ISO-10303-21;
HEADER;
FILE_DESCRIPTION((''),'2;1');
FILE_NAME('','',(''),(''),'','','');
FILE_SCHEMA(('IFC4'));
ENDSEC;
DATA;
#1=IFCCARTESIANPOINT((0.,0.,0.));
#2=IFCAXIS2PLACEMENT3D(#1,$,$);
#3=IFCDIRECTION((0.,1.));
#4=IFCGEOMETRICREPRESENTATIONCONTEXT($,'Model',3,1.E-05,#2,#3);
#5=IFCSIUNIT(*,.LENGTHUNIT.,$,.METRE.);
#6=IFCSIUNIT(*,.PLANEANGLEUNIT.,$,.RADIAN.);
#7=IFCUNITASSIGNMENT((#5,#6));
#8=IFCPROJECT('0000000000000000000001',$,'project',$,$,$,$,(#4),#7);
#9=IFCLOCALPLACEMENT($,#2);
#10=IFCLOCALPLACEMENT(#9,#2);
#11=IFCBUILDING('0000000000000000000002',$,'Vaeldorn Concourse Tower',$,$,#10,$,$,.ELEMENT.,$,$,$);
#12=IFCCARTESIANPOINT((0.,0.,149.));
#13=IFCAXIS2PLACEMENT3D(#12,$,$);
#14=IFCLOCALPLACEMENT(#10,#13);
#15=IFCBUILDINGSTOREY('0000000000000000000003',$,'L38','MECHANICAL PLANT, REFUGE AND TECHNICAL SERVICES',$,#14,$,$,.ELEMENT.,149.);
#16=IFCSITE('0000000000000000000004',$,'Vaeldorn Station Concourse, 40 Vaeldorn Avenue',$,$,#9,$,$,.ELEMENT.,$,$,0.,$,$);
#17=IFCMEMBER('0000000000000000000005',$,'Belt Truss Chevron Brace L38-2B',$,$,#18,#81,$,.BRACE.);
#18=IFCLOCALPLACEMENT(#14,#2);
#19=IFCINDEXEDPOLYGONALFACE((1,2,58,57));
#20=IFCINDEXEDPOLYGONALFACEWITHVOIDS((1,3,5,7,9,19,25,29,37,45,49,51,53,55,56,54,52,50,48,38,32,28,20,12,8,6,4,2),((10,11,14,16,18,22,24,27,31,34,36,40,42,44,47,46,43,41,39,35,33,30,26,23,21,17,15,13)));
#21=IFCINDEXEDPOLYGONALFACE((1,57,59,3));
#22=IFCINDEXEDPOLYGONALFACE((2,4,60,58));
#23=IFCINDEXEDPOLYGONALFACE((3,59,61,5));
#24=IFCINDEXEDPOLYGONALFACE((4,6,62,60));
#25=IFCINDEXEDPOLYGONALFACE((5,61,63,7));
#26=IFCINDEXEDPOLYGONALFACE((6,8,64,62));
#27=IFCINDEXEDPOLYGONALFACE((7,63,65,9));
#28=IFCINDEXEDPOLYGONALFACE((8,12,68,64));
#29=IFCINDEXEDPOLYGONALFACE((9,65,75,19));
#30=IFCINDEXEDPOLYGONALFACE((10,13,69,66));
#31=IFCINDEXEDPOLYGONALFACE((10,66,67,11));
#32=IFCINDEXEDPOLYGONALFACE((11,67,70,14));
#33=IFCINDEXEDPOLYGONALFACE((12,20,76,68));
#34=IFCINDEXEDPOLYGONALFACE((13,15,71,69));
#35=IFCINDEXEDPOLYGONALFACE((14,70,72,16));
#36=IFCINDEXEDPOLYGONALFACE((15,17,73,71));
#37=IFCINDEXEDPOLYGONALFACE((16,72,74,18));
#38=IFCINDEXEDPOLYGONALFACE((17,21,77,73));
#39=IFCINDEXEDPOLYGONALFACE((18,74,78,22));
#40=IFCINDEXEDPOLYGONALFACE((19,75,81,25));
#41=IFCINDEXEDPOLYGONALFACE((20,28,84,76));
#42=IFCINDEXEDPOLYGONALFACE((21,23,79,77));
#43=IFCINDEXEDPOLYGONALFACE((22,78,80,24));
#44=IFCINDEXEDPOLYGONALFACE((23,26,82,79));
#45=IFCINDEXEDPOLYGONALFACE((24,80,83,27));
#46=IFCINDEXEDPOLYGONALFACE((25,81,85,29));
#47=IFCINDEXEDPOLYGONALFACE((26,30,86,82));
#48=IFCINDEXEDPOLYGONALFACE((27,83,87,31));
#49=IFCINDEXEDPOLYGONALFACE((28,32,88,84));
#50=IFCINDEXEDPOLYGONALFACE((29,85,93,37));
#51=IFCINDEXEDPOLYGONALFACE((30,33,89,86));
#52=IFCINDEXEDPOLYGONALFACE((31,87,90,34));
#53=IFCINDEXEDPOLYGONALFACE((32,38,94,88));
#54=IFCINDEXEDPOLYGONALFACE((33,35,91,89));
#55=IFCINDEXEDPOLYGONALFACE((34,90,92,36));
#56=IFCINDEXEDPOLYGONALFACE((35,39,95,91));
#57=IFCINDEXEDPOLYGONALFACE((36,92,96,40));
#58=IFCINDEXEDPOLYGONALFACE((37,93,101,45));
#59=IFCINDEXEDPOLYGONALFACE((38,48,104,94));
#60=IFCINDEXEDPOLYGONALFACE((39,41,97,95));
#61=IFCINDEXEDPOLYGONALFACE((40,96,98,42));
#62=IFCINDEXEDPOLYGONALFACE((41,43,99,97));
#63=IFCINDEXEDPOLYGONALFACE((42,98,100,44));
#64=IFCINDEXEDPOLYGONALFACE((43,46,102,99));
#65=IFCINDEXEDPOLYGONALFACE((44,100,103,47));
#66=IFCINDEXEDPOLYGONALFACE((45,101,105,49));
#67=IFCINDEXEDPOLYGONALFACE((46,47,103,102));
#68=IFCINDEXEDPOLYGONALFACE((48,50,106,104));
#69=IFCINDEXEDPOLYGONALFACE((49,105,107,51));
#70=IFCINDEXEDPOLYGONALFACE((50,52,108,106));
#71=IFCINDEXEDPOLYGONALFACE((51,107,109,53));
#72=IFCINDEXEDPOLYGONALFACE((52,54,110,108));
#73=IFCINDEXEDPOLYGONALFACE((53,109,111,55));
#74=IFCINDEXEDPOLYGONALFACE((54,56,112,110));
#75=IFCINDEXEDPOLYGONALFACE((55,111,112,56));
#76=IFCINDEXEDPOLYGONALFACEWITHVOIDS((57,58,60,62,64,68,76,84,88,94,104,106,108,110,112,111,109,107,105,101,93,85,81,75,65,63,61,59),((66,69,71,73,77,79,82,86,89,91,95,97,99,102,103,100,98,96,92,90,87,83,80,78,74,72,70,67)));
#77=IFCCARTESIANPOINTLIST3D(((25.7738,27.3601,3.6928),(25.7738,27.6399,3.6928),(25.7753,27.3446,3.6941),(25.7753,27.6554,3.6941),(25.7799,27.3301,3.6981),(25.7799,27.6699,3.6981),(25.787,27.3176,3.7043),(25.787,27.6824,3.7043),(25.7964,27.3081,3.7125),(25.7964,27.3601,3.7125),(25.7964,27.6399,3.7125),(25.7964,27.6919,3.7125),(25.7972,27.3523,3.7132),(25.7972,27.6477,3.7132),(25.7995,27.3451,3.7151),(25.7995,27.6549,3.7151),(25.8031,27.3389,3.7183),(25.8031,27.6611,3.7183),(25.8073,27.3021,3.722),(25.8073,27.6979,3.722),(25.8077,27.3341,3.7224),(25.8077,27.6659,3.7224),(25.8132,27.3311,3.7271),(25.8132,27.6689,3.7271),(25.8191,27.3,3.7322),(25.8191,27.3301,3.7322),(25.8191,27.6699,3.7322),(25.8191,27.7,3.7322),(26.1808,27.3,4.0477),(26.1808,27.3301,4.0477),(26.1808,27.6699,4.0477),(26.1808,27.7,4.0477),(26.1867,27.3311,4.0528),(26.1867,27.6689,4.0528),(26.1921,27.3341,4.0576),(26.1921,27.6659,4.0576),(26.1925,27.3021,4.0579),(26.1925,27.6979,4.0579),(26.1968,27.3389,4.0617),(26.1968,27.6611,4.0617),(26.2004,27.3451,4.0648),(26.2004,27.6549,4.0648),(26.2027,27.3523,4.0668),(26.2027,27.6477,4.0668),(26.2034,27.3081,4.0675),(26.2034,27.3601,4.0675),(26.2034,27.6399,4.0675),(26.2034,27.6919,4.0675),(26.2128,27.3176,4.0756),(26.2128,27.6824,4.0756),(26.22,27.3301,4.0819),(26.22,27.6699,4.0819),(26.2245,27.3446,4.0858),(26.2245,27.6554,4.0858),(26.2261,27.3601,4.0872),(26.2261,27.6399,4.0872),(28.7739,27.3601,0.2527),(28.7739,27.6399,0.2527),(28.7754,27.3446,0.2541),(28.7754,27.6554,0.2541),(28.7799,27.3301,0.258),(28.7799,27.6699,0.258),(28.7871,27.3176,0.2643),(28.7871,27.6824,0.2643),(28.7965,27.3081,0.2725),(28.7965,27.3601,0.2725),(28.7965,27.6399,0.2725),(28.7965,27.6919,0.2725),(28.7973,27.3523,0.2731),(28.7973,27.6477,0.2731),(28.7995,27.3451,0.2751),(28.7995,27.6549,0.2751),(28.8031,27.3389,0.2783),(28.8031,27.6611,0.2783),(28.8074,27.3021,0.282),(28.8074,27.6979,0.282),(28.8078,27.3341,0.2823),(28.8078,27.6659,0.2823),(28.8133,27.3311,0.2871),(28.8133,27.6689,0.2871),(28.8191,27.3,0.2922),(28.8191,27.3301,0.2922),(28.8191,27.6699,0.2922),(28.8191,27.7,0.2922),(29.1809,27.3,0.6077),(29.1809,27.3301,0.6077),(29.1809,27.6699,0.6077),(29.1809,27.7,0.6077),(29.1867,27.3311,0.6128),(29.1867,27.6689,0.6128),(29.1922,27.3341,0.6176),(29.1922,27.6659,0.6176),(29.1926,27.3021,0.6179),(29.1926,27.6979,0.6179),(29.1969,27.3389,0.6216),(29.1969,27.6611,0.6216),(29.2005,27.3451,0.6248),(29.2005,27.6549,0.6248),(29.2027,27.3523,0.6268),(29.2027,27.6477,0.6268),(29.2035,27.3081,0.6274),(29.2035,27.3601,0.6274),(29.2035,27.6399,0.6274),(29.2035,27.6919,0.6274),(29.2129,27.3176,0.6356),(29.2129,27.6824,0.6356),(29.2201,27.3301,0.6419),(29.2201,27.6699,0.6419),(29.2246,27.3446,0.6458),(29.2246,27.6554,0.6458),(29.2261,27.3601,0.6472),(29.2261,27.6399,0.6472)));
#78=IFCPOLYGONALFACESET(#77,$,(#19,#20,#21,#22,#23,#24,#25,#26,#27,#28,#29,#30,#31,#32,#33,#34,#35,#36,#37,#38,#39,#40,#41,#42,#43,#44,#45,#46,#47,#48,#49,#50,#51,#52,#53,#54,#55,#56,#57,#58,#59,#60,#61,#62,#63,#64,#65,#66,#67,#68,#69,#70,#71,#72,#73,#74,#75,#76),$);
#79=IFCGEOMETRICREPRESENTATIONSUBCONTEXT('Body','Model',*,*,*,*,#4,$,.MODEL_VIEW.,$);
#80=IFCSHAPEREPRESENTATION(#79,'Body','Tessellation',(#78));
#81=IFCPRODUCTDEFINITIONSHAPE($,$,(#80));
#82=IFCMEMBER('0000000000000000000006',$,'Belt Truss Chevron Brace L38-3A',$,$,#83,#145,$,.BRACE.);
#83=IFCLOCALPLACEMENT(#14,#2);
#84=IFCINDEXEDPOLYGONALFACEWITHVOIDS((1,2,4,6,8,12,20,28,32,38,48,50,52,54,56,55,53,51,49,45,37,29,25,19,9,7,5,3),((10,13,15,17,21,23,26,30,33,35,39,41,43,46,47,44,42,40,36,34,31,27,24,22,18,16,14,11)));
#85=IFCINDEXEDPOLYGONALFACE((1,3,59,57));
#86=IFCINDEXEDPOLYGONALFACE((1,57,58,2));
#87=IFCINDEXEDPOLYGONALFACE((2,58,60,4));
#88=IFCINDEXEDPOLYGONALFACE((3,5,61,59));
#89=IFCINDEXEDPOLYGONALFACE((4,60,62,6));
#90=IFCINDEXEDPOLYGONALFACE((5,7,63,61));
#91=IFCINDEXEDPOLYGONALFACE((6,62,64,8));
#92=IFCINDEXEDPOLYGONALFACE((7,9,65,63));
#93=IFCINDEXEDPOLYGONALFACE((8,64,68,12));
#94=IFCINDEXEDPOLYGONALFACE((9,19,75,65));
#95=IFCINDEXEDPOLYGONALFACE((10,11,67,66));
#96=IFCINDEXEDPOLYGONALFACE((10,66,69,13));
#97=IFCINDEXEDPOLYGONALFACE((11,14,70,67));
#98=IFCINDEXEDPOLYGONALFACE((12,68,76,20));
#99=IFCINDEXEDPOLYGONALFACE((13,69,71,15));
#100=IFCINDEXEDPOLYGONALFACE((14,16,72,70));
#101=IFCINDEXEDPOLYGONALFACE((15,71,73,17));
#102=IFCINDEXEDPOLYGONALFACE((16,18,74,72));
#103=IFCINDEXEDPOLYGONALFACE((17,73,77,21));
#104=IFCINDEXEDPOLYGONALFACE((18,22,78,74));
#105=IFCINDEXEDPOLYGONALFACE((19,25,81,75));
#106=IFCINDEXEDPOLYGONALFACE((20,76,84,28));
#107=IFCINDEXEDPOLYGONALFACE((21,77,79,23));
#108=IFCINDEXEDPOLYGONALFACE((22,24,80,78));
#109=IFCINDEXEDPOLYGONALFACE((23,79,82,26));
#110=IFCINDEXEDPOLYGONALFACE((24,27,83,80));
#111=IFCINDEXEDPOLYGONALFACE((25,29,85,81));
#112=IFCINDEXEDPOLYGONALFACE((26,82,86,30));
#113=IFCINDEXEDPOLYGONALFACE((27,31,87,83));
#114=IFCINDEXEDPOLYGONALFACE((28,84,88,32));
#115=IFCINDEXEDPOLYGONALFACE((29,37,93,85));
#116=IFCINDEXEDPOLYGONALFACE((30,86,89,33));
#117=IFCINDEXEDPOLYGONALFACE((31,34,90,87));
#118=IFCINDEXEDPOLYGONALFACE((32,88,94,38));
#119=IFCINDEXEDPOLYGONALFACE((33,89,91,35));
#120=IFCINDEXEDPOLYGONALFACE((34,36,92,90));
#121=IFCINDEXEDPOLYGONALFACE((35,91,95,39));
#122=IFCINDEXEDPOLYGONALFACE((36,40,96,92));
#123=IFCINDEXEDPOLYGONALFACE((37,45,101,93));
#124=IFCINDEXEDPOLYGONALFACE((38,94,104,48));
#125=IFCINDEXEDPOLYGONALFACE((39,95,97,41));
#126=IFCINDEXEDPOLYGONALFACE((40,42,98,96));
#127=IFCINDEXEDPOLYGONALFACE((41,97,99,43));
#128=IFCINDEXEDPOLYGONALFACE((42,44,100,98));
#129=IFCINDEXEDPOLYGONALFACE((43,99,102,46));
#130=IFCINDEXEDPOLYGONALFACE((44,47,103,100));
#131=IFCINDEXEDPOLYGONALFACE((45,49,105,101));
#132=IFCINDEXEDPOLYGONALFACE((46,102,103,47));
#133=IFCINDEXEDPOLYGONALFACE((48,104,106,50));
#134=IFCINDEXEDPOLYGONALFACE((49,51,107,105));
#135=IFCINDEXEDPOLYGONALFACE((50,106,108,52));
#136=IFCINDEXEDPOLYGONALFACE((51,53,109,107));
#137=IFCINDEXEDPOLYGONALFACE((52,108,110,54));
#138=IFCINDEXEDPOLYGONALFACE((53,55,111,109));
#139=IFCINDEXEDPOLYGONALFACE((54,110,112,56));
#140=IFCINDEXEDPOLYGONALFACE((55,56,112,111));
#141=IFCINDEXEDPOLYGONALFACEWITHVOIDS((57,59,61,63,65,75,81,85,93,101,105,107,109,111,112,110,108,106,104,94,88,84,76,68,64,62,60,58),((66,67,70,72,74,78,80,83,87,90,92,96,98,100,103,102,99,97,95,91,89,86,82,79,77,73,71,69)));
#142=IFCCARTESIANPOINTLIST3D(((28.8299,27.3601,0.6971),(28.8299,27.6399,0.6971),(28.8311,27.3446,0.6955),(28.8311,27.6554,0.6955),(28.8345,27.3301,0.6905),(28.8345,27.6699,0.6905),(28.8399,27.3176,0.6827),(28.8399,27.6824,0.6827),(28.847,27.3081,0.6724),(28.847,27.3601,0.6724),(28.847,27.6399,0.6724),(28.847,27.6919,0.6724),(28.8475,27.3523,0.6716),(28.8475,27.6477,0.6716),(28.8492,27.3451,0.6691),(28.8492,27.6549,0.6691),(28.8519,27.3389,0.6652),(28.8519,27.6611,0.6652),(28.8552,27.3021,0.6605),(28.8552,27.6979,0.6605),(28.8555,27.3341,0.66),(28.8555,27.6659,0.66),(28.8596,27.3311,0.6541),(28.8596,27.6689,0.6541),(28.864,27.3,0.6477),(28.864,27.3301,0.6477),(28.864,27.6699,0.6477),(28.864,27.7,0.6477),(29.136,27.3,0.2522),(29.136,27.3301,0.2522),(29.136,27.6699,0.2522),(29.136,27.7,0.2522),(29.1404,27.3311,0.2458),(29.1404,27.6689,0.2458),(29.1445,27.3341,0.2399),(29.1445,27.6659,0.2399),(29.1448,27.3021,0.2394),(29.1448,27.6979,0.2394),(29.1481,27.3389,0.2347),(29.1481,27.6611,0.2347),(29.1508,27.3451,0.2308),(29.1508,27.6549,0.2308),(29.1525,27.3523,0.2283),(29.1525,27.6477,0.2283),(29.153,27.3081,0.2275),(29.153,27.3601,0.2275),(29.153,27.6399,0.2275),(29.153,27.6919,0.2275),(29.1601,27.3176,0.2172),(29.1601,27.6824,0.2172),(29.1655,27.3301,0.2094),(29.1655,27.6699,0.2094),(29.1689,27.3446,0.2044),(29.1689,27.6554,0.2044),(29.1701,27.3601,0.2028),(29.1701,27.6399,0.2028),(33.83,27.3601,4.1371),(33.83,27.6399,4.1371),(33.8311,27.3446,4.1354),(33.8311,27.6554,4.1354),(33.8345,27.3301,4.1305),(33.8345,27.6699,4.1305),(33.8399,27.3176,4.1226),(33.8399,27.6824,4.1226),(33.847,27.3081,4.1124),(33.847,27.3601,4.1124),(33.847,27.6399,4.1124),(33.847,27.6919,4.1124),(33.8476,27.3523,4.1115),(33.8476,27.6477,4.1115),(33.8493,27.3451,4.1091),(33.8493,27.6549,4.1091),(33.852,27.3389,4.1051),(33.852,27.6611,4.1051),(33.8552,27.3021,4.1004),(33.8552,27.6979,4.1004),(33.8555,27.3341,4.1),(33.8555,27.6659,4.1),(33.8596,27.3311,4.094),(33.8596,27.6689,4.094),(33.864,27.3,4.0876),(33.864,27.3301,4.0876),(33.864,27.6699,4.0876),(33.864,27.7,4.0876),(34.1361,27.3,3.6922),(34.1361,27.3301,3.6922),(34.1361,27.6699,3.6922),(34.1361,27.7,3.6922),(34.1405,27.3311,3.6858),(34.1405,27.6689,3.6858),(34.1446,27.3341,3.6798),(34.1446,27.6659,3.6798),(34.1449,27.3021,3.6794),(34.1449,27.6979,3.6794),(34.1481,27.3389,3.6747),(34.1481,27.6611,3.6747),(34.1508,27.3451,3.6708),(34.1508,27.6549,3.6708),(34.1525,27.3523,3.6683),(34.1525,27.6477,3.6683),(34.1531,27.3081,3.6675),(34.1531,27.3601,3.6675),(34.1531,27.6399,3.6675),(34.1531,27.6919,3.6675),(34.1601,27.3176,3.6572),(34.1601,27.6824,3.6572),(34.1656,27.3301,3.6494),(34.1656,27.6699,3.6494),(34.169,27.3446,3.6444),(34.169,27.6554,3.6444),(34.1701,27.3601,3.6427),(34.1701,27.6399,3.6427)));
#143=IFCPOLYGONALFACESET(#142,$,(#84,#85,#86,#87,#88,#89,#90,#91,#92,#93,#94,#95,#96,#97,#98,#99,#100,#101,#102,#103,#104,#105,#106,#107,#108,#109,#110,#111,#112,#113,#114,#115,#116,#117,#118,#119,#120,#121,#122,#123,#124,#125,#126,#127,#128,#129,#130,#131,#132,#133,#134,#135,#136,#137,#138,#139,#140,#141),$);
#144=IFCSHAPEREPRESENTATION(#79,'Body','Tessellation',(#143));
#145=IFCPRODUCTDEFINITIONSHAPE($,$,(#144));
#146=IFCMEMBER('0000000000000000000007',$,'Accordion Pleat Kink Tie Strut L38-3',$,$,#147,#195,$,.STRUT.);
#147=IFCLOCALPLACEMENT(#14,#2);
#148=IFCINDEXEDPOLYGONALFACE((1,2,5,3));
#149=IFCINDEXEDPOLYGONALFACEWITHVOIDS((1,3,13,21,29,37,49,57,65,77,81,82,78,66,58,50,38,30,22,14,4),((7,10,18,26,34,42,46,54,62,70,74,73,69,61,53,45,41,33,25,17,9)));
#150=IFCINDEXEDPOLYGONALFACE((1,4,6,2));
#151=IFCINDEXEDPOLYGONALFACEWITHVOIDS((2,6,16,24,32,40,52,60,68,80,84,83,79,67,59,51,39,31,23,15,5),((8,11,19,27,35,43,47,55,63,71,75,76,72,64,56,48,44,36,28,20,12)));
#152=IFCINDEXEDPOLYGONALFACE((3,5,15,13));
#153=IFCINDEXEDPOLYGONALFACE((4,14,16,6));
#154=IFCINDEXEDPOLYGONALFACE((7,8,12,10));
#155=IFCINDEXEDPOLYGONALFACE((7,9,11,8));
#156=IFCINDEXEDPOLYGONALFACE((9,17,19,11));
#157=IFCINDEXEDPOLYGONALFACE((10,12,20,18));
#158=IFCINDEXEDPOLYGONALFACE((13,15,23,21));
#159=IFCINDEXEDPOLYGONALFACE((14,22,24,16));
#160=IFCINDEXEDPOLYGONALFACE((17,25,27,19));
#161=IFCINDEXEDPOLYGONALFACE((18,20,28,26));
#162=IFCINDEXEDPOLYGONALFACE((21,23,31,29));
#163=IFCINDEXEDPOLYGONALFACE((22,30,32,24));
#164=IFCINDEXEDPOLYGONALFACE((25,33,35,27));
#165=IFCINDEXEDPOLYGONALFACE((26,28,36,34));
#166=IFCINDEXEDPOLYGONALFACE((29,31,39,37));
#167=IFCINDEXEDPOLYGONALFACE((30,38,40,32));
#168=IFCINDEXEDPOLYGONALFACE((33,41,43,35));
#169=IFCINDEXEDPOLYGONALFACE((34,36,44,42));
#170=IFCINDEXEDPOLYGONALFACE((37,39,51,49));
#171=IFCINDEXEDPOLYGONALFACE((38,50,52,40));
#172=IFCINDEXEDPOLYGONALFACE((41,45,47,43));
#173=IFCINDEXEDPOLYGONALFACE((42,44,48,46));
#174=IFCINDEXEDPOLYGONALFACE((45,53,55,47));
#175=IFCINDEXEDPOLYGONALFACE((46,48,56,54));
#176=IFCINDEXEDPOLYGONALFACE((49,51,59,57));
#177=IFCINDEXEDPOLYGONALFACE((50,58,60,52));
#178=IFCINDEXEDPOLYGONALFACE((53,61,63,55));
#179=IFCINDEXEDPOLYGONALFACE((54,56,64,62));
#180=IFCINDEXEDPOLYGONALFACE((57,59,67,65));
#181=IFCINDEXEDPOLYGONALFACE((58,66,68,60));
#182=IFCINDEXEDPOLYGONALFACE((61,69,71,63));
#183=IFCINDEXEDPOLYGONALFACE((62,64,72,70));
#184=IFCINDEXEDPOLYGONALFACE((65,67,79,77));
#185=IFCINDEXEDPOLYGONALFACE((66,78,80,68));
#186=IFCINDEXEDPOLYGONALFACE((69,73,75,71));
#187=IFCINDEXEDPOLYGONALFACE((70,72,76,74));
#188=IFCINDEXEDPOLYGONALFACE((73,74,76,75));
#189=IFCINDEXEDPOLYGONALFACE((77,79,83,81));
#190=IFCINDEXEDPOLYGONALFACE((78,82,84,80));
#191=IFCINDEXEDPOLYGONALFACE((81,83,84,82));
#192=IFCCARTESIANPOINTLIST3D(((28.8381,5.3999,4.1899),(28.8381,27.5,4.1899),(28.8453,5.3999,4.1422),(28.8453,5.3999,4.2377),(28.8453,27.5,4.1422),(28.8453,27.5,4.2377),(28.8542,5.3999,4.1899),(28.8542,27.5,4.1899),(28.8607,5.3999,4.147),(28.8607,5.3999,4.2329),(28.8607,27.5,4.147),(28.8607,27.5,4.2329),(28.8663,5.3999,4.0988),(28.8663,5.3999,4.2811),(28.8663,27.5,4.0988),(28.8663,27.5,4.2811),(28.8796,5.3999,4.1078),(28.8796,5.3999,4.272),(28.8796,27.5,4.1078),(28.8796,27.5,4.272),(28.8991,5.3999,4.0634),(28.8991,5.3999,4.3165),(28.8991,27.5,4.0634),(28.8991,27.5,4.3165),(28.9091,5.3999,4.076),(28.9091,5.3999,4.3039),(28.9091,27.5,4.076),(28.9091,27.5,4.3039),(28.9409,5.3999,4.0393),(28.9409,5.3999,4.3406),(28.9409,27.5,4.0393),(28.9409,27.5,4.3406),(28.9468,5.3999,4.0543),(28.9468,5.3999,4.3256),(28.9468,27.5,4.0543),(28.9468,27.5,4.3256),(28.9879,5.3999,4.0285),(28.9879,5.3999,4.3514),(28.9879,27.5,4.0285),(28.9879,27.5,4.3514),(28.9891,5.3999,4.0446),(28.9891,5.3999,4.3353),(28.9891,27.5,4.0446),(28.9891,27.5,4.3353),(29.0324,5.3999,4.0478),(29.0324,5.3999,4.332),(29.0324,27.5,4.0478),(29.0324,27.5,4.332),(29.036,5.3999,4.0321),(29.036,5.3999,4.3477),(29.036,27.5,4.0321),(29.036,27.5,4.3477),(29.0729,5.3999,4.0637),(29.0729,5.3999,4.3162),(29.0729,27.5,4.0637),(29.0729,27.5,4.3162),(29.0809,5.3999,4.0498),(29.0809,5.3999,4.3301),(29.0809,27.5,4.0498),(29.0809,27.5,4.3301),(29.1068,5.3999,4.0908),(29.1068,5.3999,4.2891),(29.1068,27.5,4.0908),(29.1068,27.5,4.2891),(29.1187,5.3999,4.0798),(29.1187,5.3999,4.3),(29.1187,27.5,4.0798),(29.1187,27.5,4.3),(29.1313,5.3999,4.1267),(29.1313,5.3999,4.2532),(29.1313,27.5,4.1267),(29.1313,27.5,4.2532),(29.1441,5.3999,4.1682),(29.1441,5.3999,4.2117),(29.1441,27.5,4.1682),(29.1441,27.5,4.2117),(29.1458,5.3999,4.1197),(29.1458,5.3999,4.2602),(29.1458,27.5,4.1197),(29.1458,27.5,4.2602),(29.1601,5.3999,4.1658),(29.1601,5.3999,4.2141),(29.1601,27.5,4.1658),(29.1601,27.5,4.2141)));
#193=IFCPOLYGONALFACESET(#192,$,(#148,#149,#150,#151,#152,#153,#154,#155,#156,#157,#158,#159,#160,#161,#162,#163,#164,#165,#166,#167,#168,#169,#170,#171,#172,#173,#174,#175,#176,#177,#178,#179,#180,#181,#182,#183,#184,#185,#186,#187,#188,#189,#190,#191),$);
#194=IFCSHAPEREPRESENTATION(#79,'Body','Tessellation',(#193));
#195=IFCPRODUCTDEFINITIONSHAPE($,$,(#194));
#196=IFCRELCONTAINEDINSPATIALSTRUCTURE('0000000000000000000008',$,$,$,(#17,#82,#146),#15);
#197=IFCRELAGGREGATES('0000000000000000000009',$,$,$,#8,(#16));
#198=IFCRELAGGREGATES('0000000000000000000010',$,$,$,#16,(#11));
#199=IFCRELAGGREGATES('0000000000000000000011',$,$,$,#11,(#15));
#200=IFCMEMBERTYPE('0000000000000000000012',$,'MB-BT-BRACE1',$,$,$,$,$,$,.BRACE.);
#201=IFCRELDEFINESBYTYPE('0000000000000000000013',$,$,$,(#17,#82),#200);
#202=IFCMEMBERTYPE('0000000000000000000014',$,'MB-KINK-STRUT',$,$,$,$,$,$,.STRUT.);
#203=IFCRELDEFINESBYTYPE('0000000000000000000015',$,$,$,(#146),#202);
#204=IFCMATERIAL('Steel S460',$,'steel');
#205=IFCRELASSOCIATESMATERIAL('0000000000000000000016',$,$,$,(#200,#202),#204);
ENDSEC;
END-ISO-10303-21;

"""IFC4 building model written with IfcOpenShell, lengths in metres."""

from ifc_helpers import new_model, si_unit, direction, frame, origin, origin_2d, place, context, subcontext, project, spatial, hollow_rectangle, hollow_circle, extrude, source, transform, mapped, material, material_profile, profile_set, type_object, element, save


model = new_model("IFC4")

# Units and contexts
model_context = context("Model", 3, precision=1e-05, world=origin(), true_north=direction((0.0, 1.0)))
body_context = subcontext(model_context, "Body", "Model", "MODEL_VIEW")
ifc_project = project(units=[si_unit("LENGTHUNIT", "METRE"), si_unit("PLANEANGLEUNIT", "RADIAN")], contexts=[model_context])

# Site, building, storey
site_placement = place(None, origin())
site = spatial("IfcSite", under=ifc_project, at=site_placement, Name="Vaeldorn Station Concourse, 40 Vaeldorn Avenue", CompositionType="ELEMENT", RefElevation=0.0)
building_placement = place(site_placement, origin())
building = spatial("IfcBuilding", under=site, at=building_placement, Name="Vaeldorn Concourse Tower", CompositionType="ELEMENT")
storey_placement = place(building_placement, frame((0.0, 0.0, 149.0)))
storey = spatial("IfcBuildingStorey", under=building, at=storey_placement, Name="L38", Description="MECHANICAL PLANT, REFUGE AND TECHNICAL SERVICES", CompositionType="ELEMENT", Elevation=149.0)

# Shared definitions
ifc_material_1 = material(Name="Steel S460", Category="steel")

# Members
ifc_material_profile_1 = material_profile(ifc_material_1, hollow_rectangle(XDim=0.3999, YDim=0.6001, WallThickness=0.03, InnerFilletRadius=0.03, OuterFilletRadius=0.0601, at=origin_2d()), Name="RHS 600x400x30")
ifc_profile_set_1 = profile_set([ifc_material_profile_1], Name="Steel S460")
member_type_1 = type_object("IfcMemberType", Name="MB-BT-BRACE1", PredefinedType="BRACE", material=ifc_profile_set_1)
shared_shape_1 = source(origin(), body_context, "Body", "SweptSolid", [
    extrude(hollow_rectangle(XDim=0.3999, YDim=0.6001, WallThickness=0.03, InnerFilletRadius=0.03, OuterFilletRadius=0.0601, at=origin_2d()), origin(), (0.0, 0.0, 1.0), 4.5645),
])
for number, where, z_axis, x_axis, name in (
    (1, (29.0, 27.5, 0.45), (-0.657269, 0.0, 0.753656), (0.0, -1.0, 0.0), "Belt Truss Chevron Brace L38-2B"),
):
    element("IfcMember", number, at=place(storey_placement, frame(where, z_axis=z_axis, x_axis=x_axis)), inside=storey, type_object=member_type_1, Name=name, PredefinedType="BRACE", context=body_context, shape_type="MappedRepresentation", body=[
        mapped(shared_shape_1, transform((0.0, 0.0, 0.0), scale=1.0)),
    ])
shared_shape_2 = source(origin(), body_context, "Body", "SweptSolid", [
    extrude(hollow_rectangle(XDim=0.3999, YDim=0.6001, WallThickness=0.03, InnerFilletRadius=0.03, OuterFilletRadius=0.0601, at=origin_2d()), origin(), (0.0, 0.0, 1.0), 6.0691),
])
member_1_placement = place(storey_placement, frame((29.0, 27.5, 0.45), z_axis=(0.823854, 0.0, 0.566802), x_axis=(0.0, 1.0, 0.0)))
element("IfcMember", 2, at=member_1_placement, inside=storey, type_object=member_type_1, Name="Belt Truss Chevron Brace L38-3A", PredefinedType="BRACE", context=body_context, shape_type="MappedRepresentation", body=[
    mapped(shared_shape_2, transform((0.0, 0.0, 0.0), scale=1.0)),
])
ifc_material_profile_2 = material_profile(ifc_material_1, hollow_circle(Radius=0.1619, WallThickness=0.0161, at=origin_2d()), Name="CHS 323.9x16")
ifc_profile_set_2 = profile_set([ifc_material_profile_2], Name="Steel S460")
member_type_2 = type_object("IfcMemberType", Name="MB-KINK-STRUT", PredefinedType="STRUT", material=ifc_profile_set_2)
shared_shape_3 = source(origin(), body_context, "Body", "SweptSolid", [
    extrude(hollow_circle(Radius=0.1619, WallThickness=0.0161, at=origin_2d()), origin(), (0.0, 0.0, 1.0), 22.1001),
])
member_2_placement = place(storey_placement, frame((29.0, 5.3999, 4.1899), z_axis=(0.0, 1.0, 0.0), x_axis=(-1.0, 0.0, 0.0)))
element("IfcMember", 3, at=member_2_placement, inside=storey, type_object=member_type_2, Name="Accordion Pleat Kink Tie Strut L38-3", PredefinedType="STRUT", context=body_context, shape_type="MappedRepresentation", body=[
    mapped(shared_shape_3, transform((0.0, 0.0, 0.0), scale=1.0)),
])

save(model, "model.ifc")
